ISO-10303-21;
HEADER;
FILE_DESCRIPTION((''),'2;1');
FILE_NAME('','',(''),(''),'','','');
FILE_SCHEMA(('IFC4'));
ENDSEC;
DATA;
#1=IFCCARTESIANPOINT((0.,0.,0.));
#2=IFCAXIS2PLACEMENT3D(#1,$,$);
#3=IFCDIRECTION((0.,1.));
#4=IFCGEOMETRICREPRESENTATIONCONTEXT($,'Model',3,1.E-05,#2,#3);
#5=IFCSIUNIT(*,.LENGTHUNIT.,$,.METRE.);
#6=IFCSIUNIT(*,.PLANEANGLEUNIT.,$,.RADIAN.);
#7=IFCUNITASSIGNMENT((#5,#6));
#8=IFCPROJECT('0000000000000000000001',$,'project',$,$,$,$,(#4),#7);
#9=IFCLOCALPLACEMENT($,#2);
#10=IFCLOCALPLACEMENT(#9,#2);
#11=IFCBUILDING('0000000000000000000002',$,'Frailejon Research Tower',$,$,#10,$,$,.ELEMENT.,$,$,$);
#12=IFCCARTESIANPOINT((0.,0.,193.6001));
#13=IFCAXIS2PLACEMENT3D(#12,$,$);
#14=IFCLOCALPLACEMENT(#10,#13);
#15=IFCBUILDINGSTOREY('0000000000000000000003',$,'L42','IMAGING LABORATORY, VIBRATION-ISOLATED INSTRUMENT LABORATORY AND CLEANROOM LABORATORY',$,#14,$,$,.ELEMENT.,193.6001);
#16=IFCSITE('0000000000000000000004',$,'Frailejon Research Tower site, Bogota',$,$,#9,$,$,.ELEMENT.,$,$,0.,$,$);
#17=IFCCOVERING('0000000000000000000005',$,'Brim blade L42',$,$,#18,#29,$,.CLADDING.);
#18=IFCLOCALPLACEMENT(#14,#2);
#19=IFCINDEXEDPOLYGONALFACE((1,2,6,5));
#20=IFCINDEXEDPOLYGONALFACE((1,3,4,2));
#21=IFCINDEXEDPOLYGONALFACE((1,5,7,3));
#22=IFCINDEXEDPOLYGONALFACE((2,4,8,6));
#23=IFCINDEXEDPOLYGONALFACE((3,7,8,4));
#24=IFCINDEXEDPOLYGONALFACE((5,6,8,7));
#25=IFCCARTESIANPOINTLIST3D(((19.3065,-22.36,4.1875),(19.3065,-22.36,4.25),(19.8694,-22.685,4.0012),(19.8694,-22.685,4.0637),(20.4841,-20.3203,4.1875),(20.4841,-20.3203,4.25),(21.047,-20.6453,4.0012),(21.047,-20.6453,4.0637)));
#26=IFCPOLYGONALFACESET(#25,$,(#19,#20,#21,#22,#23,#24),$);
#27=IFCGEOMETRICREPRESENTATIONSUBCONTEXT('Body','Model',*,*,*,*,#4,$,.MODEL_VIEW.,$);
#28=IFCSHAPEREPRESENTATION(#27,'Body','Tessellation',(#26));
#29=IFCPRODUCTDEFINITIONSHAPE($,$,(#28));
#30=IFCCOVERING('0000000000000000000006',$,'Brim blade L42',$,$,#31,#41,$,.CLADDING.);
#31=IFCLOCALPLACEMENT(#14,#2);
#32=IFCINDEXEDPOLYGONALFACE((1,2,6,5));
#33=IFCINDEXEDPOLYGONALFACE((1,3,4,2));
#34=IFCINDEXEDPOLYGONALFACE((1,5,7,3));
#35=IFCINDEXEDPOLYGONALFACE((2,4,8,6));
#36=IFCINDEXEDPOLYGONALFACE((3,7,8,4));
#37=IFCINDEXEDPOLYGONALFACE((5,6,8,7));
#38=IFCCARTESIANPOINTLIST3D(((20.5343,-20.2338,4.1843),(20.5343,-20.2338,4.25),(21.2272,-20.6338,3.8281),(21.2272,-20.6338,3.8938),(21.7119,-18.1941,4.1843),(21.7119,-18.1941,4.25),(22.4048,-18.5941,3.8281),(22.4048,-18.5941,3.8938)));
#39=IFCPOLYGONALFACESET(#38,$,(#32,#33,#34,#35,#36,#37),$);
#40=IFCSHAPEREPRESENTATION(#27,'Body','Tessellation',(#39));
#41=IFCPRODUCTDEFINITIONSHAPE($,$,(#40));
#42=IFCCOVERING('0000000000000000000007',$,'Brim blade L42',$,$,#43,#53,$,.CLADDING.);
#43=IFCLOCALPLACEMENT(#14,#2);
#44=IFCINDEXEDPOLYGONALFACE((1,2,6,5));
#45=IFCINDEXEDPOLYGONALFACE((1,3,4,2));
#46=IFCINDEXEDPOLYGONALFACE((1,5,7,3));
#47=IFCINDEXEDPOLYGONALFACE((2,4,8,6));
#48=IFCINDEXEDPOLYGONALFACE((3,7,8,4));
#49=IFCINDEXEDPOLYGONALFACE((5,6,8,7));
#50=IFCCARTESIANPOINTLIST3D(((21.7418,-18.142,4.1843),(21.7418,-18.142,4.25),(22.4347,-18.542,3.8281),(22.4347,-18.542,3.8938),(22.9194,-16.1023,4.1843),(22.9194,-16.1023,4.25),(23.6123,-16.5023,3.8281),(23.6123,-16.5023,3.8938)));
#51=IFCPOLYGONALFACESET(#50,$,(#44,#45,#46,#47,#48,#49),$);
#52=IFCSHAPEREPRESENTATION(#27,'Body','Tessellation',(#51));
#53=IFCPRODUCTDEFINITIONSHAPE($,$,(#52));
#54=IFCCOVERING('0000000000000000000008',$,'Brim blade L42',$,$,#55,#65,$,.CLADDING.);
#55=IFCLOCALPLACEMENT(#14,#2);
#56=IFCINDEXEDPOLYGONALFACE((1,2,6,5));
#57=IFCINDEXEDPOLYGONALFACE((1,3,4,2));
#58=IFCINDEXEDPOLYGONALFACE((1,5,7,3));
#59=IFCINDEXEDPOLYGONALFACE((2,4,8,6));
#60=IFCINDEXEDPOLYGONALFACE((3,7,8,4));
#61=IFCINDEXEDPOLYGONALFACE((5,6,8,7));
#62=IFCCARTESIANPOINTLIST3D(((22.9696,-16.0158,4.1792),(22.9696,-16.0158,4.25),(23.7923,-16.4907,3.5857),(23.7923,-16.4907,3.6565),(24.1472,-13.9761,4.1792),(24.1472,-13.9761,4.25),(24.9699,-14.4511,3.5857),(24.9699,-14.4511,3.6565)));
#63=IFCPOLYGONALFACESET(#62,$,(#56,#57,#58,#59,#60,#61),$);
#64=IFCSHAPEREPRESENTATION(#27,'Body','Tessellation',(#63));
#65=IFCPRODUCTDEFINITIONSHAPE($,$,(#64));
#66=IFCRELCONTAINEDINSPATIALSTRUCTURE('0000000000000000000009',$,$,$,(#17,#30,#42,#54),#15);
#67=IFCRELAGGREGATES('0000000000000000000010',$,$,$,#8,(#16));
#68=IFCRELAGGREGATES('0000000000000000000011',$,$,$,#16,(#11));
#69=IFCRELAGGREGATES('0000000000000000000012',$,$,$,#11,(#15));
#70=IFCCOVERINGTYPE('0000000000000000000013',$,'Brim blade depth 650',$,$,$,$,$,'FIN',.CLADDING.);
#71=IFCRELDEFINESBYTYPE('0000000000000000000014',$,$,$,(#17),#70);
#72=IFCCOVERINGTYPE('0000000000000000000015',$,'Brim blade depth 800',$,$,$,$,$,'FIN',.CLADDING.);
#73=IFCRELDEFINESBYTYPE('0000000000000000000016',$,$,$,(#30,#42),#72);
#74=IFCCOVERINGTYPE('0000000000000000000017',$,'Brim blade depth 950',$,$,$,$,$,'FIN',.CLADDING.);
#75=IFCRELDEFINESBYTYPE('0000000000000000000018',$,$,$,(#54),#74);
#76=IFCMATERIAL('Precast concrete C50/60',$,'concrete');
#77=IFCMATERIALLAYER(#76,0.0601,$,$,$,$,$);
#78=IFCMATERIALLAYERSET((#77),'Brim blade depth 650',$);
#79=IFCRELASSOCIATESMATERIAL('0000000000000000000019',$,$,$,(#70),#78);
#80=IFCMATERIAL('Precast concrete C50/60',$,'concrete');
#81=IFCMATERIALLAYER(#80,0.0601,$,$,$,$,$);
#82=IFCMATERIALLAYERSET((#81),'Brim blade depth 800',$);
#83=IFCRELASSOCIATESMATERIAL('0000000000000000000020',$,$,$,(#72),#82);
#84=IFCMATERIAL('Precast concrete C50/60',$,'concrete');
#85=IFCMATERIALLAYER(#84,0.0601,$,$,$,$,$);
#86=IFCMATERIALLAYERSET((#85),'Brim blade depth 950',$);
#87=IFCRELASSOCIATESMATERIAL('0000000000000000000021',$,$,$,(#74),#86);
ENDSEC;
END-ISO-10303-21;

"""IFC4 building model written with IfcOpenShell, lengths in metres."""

from ifc_helpers import new_model, si_unit, direction, frame, origin, place, context, subcontext, project, spatial, polyline, outline, extrude, material, layer, layer_set, type_object, element, save


model = new_model("IFC4")

# Units and contexts
model_context = context("Model", 3, precision=1e-05, world=origin(), true_north=direction((0.0, 1.0)))
body_context = subcontext(model_context, "Body", "Model", "MODEL_VIEW")
ifc_project = project(units=[si_unit("LENGTHUNIT", "METRE"), si_unit("PLANEANGLEUNIT", "RADIAN")], contexts=[model_context])

# Site, building, storey
site_placement = place(None, origin())
site = spatial("IfcSite", under=ifc_project, at=site_placement, Name="Frailejon Research Tower site, Bogota", CompositionType="ELEMENT", RefElevation=0.0)
building_placement = place(site_placement, origin())
building = spatial("IfcBuilding", under=site, at=building_placement, Name="Frailejon Research Tower", CompositionType="ELEMENT")
storey_placement = place(building_placement, frame((0.0, 0.0, 193.6001)))
storey = spatial("IfcBuildingStorey", under=building, at=storey_placement, Name="L42", Description="IMAGING LABORATORY, VIBRATION-ISOLATED INSTRUMENT LABORATORY AND CLEANROOM LABORATORY", CompositionType="ELEMENT", Elevation=193.6001)

# Coverings
ifc_material_1 = material(Name="Precast concrete C50/60", Category="concrete")
ifc_layer_1 = layer(ifc_material_1, 0.0601)
ifc_layer_set_1 = layer_set([ifc_layer_1], Name="Brim blade depth 650")
covering_type_1 = type_object("IfcCoveringType", Name="Brim blade depth 650", ElementType="FIN", PredefinedType="CLADDING", material=ifc_layer_set_1)
for number, where, z_axis, x_axis, name in (
    (1, (20.4841, -20.3203, 4.25), (-0.499997, -0.866027, 0.0), (0.866027, -0.499997, 0.0), "Brim blade L42"),
):
    element("IfcCovering", number, at=place(storey_placement, frame(where, z_axis=z_axis, x_axis=x_axis)), inside=storey, type_object=covering_type_1, Name=name, PredefinedType="CLADDING", context=body_context, shape_type="SweptSolid", body=[
        extrude(outline(polyline([(0.0, -0.0625), (0.6499, -0.2488), (0.6499, -0.1863), (0.0, 0.0), (0.0, -0.0625)])), origin(), (0.0, 0.0, 1.0), 2.3552),
    ])
ifc_material_2 = material(Name="Precast concrete C50/60", Category="concrete")
ifc_layer_2 = layer(ifc_material_2, 0.0601)
ifc_layer_set_2 = layer_set([ifc_layer_2], Name="Brim blade depth 800")
covering_type_2 = type_object("IfcCoveringType", Name="Brim blade depth 800", ElementType="FIN", PredefinedType="CLADDING", material=ifc_layer_set_2)
for number, where, z_axis, x_axis, name in (
    (2, (21.7119, -18.1941, 4.25), (-0.499997, -0.866027, 0.0), (0.866027, -0.499997, 0.0), "Brim blade L42"),
    (3, (22.9194, -16.1023, 4.25), (-0.499997, -0.866027, 0.0), (0.866027, -0.499997, 0.0), "Brim blade L42"),
):
    element("IfcCovering", number, at=place(storey_placement, frame(where, z_axis=z_axis, x_axis=x_axis)), inside=storey, type_object=covering_type_2, Name=name, PredefinedType="CLADDING", context=body_context, shape_type="SweptSolid", body=[
        extrude(outline(polyline([(0.0, -0.0657), (0.8, -0.4219), (0.8, -0.3562), (0.0, 0.0), (0.0, -0.0657)])), origin(), (0.0, 0.0, 1.0), 2.3552),
    ])
ifc_material_3 = material(Name="Precast concrete C50/60", Category="concrete")
ifc_layer_3 = layer(ifc_material_3, 0.0601)
ifc_layer_set_3 = layer_set([ifc_layer_3], Name="Brim blade depth 950")
covering_type_3 = type_object("IfcCoveringType", Name="Brim blade depth 950", ElementType="FIN", PredefinedType="CLADDING", material=ifc_layer_set_3)
covering_1_placement = place(storey_placement, frame((24.1472, -13.9761, 4.25), z_axis=(-0.500006, -0.866022, 0.0), x_axis=(0.866022, -0.500006, 0.0)))
element("IfcCovering", 4, at=covering_1_placement, inside=storey, type_object=covering_type_3, Name="Brim blade L42", PredefinedType="CLADDING", context=body_context, shape_type="SweptSolid", body=[
    extrude(outline(polyline([(0.0, -0.0708), (0.95, -0.6643), (0.95, -0.5935), (0.0, 0.0), (0.0, -0.0708)])), origin(), (0.0, 0.0, 1.0), 2.3552),
])

save(model, "model.ifc")
